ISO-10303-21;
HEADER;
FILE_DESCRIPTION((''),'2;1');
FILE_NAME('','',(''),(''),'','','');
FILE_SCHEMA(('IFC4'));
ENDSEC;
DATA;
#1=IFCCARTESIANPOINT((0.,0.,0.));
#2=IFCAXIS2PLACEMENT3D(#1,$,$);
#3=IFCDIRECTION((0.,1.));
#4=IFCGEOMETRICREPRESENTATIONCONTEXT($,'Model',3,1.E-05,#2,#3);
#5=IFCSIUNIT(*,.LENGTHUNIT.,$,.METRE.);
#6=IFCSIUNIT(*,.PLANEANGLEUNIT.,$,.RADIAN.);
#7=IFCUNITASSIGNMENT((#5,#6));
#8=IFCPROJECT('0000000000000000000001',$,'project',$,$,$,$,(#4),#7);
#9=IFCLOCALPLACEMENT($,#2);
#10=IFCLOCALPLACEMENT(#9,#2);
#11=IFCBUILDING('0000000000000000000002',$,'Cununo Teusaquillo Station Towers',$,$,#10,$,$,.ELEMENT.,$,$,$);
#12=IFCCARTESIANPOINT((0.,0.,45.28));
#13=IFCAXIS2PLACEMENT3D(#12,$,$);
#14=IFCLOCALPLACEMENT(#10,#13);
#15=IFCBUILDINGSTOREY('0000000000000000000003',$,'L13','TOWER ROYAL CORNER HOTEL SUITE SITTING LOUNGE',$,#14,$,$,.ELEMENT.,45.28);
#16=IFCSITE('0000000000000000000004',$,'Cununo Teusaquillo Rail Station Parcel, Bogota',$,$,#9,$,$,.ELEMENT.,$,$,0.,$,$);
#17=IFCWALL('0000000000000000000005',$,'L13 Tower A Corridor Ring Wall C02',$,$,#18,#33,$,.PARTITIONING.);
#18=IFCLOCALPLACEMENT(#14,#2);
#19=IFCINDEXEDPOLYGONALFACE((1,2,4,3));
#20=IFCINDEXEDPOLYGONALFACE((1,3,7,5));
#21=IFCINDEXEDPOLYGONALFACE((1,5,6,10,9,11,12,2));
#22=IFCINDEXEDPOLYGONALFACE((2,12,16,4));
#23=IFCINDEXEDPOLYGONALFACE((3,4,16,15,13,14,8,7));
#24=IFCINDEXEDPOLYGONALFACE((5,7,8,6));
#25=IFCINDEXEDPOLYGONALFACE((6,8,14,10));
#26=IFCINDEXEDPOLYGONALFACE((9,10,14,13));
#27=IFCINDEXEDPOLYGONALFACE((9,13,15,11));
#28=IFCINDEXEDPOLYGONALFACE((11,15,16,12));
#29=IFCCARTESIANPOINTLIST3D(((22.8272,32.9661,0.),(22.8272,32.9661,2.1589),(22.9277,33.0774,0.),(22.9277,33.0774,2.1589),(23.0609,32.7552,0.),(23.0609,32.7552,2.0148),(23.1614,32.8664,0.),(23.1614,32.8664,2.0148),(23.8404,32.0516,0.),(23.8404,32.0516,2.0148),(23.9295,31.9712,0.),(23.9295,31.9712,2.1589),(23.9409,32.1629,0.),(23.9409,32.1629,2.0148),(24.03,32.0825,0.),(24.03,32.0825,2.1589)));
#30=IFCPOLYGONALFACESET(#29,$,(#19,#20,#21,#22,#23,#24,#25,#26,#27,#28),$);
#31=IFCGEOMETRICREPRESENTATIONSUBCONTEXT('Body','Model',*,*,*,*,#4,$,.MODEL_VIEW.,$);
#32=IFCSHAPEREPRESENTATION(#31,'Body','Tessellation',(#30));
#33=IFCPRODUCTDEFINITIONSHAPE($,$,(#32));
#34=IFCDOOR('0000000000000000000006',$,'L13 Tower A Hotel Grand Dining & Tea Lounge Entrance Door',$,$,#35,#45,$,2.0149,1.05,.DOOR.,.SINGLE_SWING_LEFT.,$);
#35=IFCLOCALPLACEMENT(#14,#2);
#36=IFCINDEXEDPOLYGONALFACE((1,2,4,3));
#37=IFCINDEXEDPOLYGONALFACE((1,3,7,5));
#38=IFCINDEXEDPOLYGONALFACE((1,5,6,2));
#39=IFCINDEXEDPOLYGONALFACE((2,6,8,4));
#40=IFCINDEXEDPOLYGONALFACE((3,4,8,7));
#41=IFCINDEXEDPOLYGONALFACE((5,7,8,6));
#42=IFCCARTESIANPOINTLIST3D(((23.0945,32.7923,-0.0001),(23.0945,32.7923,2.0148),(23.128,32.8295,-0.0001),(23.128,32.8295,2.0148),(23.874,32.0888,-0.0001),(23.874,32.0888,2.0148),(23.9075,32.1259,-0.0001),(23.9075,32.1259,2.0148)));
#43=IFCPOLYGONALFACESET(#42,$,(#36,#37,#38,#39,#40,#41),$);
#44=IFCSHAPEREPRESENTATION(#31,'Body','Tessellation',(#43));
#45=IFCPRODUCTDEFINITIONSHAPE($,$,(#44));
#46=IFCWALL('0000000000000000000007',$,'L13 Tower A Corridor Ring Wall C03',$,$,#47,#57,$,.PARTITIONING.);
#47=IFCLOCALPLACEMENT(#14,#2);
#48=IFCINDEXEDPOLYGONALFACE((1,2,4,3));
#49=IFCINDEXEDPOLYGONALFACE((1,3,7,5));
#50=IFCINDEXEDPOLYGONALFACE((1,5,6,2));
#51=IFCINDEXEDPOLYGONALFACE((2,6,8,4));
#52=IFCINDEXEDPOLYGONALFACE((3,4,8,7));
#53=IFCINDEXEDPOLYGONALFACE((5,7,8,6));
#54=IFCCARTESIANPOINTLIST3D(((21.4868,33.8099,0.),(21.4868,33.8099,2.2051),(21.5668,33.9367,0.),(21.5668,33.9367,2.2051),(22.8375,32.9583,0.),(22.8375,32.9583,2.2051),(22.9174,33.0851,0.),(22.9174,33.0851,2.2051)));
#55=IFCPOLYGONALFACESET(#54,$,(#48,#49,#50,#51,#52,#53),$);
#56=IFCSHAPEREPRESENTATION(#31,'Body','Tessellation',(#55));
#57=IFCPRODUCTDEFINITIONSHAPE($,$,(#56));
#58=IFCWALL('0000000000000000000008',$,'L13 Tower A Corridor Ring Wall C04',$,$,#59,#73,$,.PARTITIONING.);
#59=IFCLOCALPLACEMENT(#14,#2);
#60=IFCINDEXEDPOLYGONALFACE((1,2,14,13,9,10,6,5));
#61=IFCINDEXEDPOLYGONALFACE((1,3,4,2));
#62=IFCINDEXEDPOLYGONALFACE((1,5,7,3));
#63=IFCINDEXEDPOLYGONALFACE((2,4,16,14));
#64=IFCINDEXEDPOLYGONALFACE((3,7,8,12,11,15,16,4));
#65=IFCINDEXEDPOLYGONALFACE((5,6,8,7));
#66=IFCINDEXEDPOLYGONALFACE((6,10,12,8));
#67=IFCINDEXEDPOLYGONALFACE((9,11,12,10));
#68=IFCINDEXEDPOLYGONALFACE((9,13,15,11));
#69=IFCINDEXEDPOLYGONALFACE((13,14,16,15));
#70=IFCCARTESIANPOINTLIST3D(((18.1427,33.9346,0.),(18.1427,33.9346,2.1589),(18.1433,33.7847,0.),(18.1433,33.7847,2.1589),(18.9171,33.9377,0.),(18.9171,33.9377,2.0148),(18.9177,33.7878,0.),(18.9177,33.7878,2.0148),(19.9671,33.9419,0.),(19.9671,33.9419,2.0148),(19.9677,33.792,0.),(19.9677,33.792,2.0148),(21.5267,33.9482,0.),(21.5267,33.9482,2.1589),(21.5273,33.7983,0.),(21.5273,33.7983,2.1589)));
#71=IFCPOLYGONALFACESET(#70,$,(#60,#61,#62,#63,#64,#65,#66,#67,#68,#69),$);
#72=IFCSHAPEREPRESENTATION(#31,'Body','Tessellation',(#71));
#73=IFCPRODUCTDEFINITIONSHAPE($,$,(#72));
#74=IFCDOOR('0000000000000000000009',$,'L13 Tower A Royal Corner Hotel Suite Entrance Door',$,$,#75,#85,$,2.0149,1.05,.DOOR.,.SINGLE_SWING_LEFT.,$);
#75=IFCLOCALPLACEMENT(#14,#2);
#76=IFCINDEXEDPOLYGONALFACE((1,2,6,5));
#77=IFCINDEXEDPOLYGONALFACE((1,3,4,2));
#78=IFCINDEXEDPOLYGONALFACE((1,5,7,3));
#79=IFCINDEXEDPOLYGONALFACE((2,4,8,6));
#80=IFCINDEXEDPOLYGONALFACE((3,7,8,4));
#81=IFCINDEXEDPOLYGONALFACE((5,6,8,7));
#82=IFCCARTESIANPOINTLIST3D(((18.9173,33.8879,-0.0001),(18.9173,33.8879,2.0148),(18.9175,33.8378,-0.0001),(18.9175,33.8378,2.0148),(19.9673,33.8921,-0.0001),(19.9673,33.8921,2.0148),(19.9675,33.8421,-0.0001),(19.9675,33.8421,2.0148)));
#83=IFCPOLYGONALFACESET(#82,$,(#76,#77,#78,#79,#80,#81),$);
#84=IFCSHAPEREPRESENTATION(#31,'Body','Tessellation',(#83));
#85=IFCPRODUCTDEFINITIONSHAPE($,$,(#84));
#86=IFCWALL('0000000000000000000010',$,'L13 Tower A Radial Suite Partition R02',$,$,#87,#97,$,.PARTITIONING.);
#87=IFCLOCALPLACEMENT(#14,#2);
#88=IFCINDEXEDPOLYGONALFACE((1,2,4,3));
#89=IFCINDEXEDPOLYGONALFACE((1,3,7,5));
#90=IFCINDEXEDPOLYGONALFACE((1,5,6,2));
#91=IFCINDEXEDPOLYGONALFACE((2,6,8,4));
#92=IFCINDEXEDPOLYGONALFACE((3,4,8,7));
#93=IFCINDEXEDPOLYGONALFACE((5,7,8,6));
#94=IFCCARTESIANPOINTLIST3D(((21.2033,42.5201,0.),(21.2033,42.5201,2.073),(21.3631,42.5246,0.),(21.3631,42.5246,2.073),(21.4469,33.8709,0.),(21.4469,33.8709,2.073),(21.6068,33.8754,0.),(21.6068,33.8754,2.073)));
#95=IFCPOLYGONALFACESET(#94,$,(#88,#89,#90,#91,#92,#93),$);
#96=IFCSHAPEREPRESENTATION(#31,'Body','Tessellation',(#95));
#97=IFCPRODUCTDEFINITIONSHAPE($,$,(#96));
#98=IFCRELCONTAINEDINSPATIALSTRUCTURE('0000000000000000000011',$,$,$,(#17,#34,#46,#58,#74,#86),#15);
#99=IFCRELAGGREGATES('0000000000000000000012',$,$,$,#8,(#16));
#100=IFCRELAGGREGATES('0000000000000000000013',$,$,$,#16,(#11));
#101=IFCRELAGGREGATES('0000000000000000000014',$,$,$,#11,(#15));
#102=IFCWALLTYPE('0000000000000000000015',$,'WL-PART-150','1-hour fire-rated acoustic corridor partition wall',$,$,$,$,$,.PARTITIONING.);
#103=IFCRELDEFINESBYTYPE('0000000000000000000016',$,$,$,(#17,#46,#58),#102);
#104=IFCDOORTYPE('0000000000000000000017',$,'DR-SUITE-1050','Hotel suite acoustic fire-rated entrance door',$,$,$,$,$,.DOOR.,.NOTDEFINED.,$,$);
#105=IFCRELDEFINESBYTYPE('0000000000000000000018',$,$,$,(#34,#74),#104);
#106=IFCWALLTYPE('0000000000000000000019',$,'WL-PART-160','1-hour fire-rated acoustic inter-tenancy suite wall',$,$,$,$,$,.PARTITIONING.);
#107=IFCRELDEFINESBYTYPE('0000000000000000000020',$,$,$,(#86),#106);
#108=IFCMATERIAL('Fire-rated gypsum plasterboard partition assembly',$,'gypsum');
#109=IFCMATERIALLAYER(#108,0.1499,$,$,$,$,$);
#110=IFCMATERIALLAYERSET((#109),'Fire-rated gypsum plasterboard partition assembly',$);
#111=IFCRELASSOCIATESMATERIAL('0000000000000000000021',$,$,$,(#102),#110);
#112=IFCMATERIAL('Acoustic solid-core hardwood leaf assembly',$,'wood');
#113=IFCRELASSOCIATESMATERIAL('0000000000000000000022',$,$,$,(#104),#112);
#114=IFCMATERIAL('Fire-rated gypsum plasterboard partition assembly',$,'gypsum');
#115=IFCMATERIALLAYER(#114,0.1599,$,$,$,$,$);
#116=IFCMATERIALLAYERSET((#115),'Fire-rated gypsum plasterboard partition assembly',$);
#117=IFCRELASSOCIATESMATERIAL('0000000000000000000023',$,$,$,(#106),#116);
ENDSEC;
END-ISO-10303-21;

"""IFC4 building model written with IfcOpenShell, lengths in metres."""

from ifc_helpers import new_model, si_unit, direction, frame, frame_2d, origin, place, context, subcontext, project, spatial, rectangle, extrude, source, transform, mapped, material, layer, layer_set, type_object, element, fill, save


model = new_model("IFC4")

# Units and contexts
model_context = context("Model", 3, precision=1e-05, world=origin(), true_north=direction((0.0, 1.0)))
body_context = subcontext(model_context, "Body", "Model", "MODEL_VIEW")
ifc_project = project(units=[si_unit("LENGTHUNIT", "METRE"), si_unit("PLANEANGLEUNIT", "RADIAN")], contexts=[model_context])

# Site, building, storey
site_placement = place(None, origin())
site = spatial("IfcSite", under=ifc_project, at=site_placement, Name="Cununo Teusaquillo Rail Station Parcel, Bogota", CompositionType="ELEMENT", RefElevation=0.0)
building_placement = place(site_placement, origin())
building = spatial("IfcBuilding", under=site, at=building_placement, Name="Cununo Teusaquillo Station Towers", CompositionType="ELEMENT")
storey_placement = place(building_placement, frame((0.0, 0.0, 45.28)))
storey = spatial("IfcBuildingStorey", under=building, at=storey_placement, Name="L13", Description="TOWER ROYAL CORNER HOTEL SUITE SITTING LOUNGE", CompositionType="ELEMENT", Elevation=45.28)

# Wall, opening, door
ifc_material_1 = material(Name="Fire-rated gypsum plasterboard partition assembly", Category="gypsum")
ifc_layer_1 = layer(ifc_material_1, 0.1499)
ifc_layer_set_1 = layer_set([ifc_layer_1], Name="Fire-rated gypsum plasterboard partition assembly")
wall_type_1 = type_object("IfcWallType", Name="WL-PART-150", Description="1-hour fire-rated acoustic corridor partition wall", PredefinedType="PARTITIONING", material=ifc_layer_set_1)
wall_1_placement = place(storey_placement, frame((23.9797, 32.0269, 0.0), z_axis=(0.0, 0.0, 1.0), x_axis=(-0.742353, 0.670009, 0.0)))
wall_1 = element("IfcWall", 1, at=wall_1_placement, inside=storey, type_object=wall_type_1, Name="L13 Tower A Corridor Ring Wall C02", PredefinedType="PARTITIONING", context=body_context, shape_type="SweptSolid", body=[
    extrude(rectangle(XDim=1.4849, YDim=0.1499, at=frame_2d((0.7424, 0.0))), origin(), (0.0, 0.0, 1.0), 2.1589),
])
shared_shape_1 = source(origin(), body_context, "Body", "SweptSolid", [
    extrude(rectangle(XDim=1.05, YDim=2.0149, at=frame_2d((0.5249, 1.0073))), frame((0.0, 0.085, 0.0), z_axis=(0.0, -1.0, 0.0), x_axis=(1.0, 0.0, 0.0)), (0.0, 0.0, 1.0), 0.1699),
])
opening_1_placement = place(wall_1_placement, frame((0.1201, 0.0, 0.0)))
opening_1 = element("IfcOpeningElement", 2, at=opening_1_placement, cuts=wall_1, PredefinedType="OPENING", context=body_context, shape_type="MappedRepresentation", body=[
    mapped(shared_shape_1, transform((0.0, 0.0, 0.0), x_axis=(1.0, 0.0, 0.0), y_axis=(0.0, 1.0, 0.0), z_axis=(0.0, 0.0, 1.0), scale=1.0)),
])
ifc_material_2 = material(Name="Acoustic solid-core hardwood leaf assembly", Category="wood")
door_type = type_object("IfcDoorType", Name="DR-SUITE-1050", Description="Hotel suite acoustic fire-rated entrance door", OperationType="NOTDEFINED", PredefinedType="DOOR", material=ifc_material_2)
shared_shape_2 = source(origin(), body_context, "Body", "SweptSolid", [
    extrude(rectangle(XDim=1.05, YDim=2.0149, at=frame_2d((0.5249, 1.0073))), frame((0.0, 0.0249, 0.0), z_axis=(0.0, -1.0, 0.0), x_axis=(1.0, 0.0, 0.0)), (0.0, 0.0, 1.0), 0.05),
])
door_1_placement = place(opening_1_placement, origin())
door_1 = element("IfcDoor", 3, at=door_1_placement, inside=storey, type_object=door_type, Name="L13 Tower A Hotel Grand Dining & Tea Lounge Entrance Door", OperationType="SINGLE_SWING_LEFT", OverallHeight=2.0149, OverallWidth=1.05, PredefinedType="DOOR", context=body_context, shape_type="MappedRepresentation", body=[
    mapped(shared_shape_2, transform((0.0, 0.0, 0.0), x_axis=(1.0, 0.0, 0.0), y_axis=(0.0, 1.0, 0.0), z_axis=(0.0, 0.0, 1.0), scale=1.0)),
])
fill(opening_1, door_1)

# Wall
wall_2_placement = place(storey_placement, frame((22.8774, 33.0217, 0.0), z_axis=(0.0, 0.0, 1.0), x_axis=(-0.845896, 0.533348, 0.0)))
element("IfcWall", 4, at=wall_2_placement, inside=storey, type_object=wall_type_1, Name="L13 Tower A Corridor Ring Wall C03", PredefinedType="PARTITIONING", context=body_context, shape_type="SweptSolid", body=[
    extrude(rectangle(XDim=1.5967, YDim=0.1499, at=frame_2d((0.7983, 0.0))), origin(), (0.0, 0.0, 1.0), 2.2051),
])

# Wall, opening, door
wall_3_placement = place(storey_placement, frame((21.5269, 33.8733, 0.0), z_axis=(0.0, 0.0, 1.0), x_axis=(-0.999992, -0.00404, 0.0)))
wall_3 = element("IfcWall", 5, at=wall_3_placement, inside=storey, type_object=wall_type_1, Name="L13 Tower A Corridor Ring Wall C04", PredefinedType="PARTITIONING", context=body_context, shape_type="SweptSolid", body=[
    extrude(rectangle(XDim=3.384, YDim=0.1499, at=frame_2d((1.6919, 0.0))), origin(), (0.0, 0.0, 1.0), 2.1589),
])
opening_2_placement = place(wall_3_placement, frame((1.5596, 0.0, 0.0)))
opening_2 = element("IfcOpeningElement", 6, at=opening_2_placement, cuts=wall_3, PredefinedType="OPENING", context=body_context, shape_type="MappedRepresentation", body=[
    mapped(shared_shape_1, transform((0.0, 0.0, 0.0), x_axis=(1.0, 0.0, 0.0), y_axis=(0.0, 1.0, 0.0), z_axis=(0.0, 0.0, 1.0), scale=1.0)),
])
door_2_placement = place(opening_2_placement, origin())
door_2 = element("IfcDoor", 7, at=door_2_placement, inside=storey, type_object=door_type, Name="L13 Tower A Royal Corner Hotel Suite Entrance Door", OperationType="SINGLE_SWING_LEFT", OverallHeight=2.0149, OverallWidth=1.05, PredefinedType="DOOR", context=body_context, shape_type="MappedRepresentation", body=[
    mapped(shared_shape_2, transform((0.0, 0.0, 0.0), x_axis=(1.0, 0.0, 0.0), y_axis=(0.0, 1.0, 0.0), z_axis=(0.0, 0.0, 1.0), scale=1.0)),
])
fill(opening_2, door_2)

# Wall
ifc_material_3 = material(Name="Fire-rated gypsum plasterboard partition assembly", Category="gypsum")
ifc_layer_2 = layer(ifc_material_3, 0.1599)
ifc_layer_set_2 = layer_set([ifc_layer_2], Name="Fire-rated gypsum plasterboard partition assembly")
wall_type_2 = type_object("IfcWallType", Name="WL-PART-160", Description="1-hour fire-rated acoustic inter-tenancy suite wall", PredefinedType="PARTITIONING", material=ifc_layer_set_2)
wall_4_placement = place(storey_placement, frame((21.5269, 33.8733, 0.0), z_axis=(0.0, 0.0, 1.0), x_axis=(-0.028159, 0.999603, 0.0)))
element("IfcWall", 8, at=wall_4_placement, inside=storey, type_object=wall_type_2, Name="L13 Tower A Radial Suite Partition R02", PredefinedType="PARTITIONING", context=body_context, shape_type="SweptSolid", body=[
    extrude(rectangle(XDim=8.6526, YDim=0.1599, at=frame_2d((4.3262, 0.0))), origin(), (0.0, 0.0, 1.0), 2.073),
])

save(model, "model.ifc")
